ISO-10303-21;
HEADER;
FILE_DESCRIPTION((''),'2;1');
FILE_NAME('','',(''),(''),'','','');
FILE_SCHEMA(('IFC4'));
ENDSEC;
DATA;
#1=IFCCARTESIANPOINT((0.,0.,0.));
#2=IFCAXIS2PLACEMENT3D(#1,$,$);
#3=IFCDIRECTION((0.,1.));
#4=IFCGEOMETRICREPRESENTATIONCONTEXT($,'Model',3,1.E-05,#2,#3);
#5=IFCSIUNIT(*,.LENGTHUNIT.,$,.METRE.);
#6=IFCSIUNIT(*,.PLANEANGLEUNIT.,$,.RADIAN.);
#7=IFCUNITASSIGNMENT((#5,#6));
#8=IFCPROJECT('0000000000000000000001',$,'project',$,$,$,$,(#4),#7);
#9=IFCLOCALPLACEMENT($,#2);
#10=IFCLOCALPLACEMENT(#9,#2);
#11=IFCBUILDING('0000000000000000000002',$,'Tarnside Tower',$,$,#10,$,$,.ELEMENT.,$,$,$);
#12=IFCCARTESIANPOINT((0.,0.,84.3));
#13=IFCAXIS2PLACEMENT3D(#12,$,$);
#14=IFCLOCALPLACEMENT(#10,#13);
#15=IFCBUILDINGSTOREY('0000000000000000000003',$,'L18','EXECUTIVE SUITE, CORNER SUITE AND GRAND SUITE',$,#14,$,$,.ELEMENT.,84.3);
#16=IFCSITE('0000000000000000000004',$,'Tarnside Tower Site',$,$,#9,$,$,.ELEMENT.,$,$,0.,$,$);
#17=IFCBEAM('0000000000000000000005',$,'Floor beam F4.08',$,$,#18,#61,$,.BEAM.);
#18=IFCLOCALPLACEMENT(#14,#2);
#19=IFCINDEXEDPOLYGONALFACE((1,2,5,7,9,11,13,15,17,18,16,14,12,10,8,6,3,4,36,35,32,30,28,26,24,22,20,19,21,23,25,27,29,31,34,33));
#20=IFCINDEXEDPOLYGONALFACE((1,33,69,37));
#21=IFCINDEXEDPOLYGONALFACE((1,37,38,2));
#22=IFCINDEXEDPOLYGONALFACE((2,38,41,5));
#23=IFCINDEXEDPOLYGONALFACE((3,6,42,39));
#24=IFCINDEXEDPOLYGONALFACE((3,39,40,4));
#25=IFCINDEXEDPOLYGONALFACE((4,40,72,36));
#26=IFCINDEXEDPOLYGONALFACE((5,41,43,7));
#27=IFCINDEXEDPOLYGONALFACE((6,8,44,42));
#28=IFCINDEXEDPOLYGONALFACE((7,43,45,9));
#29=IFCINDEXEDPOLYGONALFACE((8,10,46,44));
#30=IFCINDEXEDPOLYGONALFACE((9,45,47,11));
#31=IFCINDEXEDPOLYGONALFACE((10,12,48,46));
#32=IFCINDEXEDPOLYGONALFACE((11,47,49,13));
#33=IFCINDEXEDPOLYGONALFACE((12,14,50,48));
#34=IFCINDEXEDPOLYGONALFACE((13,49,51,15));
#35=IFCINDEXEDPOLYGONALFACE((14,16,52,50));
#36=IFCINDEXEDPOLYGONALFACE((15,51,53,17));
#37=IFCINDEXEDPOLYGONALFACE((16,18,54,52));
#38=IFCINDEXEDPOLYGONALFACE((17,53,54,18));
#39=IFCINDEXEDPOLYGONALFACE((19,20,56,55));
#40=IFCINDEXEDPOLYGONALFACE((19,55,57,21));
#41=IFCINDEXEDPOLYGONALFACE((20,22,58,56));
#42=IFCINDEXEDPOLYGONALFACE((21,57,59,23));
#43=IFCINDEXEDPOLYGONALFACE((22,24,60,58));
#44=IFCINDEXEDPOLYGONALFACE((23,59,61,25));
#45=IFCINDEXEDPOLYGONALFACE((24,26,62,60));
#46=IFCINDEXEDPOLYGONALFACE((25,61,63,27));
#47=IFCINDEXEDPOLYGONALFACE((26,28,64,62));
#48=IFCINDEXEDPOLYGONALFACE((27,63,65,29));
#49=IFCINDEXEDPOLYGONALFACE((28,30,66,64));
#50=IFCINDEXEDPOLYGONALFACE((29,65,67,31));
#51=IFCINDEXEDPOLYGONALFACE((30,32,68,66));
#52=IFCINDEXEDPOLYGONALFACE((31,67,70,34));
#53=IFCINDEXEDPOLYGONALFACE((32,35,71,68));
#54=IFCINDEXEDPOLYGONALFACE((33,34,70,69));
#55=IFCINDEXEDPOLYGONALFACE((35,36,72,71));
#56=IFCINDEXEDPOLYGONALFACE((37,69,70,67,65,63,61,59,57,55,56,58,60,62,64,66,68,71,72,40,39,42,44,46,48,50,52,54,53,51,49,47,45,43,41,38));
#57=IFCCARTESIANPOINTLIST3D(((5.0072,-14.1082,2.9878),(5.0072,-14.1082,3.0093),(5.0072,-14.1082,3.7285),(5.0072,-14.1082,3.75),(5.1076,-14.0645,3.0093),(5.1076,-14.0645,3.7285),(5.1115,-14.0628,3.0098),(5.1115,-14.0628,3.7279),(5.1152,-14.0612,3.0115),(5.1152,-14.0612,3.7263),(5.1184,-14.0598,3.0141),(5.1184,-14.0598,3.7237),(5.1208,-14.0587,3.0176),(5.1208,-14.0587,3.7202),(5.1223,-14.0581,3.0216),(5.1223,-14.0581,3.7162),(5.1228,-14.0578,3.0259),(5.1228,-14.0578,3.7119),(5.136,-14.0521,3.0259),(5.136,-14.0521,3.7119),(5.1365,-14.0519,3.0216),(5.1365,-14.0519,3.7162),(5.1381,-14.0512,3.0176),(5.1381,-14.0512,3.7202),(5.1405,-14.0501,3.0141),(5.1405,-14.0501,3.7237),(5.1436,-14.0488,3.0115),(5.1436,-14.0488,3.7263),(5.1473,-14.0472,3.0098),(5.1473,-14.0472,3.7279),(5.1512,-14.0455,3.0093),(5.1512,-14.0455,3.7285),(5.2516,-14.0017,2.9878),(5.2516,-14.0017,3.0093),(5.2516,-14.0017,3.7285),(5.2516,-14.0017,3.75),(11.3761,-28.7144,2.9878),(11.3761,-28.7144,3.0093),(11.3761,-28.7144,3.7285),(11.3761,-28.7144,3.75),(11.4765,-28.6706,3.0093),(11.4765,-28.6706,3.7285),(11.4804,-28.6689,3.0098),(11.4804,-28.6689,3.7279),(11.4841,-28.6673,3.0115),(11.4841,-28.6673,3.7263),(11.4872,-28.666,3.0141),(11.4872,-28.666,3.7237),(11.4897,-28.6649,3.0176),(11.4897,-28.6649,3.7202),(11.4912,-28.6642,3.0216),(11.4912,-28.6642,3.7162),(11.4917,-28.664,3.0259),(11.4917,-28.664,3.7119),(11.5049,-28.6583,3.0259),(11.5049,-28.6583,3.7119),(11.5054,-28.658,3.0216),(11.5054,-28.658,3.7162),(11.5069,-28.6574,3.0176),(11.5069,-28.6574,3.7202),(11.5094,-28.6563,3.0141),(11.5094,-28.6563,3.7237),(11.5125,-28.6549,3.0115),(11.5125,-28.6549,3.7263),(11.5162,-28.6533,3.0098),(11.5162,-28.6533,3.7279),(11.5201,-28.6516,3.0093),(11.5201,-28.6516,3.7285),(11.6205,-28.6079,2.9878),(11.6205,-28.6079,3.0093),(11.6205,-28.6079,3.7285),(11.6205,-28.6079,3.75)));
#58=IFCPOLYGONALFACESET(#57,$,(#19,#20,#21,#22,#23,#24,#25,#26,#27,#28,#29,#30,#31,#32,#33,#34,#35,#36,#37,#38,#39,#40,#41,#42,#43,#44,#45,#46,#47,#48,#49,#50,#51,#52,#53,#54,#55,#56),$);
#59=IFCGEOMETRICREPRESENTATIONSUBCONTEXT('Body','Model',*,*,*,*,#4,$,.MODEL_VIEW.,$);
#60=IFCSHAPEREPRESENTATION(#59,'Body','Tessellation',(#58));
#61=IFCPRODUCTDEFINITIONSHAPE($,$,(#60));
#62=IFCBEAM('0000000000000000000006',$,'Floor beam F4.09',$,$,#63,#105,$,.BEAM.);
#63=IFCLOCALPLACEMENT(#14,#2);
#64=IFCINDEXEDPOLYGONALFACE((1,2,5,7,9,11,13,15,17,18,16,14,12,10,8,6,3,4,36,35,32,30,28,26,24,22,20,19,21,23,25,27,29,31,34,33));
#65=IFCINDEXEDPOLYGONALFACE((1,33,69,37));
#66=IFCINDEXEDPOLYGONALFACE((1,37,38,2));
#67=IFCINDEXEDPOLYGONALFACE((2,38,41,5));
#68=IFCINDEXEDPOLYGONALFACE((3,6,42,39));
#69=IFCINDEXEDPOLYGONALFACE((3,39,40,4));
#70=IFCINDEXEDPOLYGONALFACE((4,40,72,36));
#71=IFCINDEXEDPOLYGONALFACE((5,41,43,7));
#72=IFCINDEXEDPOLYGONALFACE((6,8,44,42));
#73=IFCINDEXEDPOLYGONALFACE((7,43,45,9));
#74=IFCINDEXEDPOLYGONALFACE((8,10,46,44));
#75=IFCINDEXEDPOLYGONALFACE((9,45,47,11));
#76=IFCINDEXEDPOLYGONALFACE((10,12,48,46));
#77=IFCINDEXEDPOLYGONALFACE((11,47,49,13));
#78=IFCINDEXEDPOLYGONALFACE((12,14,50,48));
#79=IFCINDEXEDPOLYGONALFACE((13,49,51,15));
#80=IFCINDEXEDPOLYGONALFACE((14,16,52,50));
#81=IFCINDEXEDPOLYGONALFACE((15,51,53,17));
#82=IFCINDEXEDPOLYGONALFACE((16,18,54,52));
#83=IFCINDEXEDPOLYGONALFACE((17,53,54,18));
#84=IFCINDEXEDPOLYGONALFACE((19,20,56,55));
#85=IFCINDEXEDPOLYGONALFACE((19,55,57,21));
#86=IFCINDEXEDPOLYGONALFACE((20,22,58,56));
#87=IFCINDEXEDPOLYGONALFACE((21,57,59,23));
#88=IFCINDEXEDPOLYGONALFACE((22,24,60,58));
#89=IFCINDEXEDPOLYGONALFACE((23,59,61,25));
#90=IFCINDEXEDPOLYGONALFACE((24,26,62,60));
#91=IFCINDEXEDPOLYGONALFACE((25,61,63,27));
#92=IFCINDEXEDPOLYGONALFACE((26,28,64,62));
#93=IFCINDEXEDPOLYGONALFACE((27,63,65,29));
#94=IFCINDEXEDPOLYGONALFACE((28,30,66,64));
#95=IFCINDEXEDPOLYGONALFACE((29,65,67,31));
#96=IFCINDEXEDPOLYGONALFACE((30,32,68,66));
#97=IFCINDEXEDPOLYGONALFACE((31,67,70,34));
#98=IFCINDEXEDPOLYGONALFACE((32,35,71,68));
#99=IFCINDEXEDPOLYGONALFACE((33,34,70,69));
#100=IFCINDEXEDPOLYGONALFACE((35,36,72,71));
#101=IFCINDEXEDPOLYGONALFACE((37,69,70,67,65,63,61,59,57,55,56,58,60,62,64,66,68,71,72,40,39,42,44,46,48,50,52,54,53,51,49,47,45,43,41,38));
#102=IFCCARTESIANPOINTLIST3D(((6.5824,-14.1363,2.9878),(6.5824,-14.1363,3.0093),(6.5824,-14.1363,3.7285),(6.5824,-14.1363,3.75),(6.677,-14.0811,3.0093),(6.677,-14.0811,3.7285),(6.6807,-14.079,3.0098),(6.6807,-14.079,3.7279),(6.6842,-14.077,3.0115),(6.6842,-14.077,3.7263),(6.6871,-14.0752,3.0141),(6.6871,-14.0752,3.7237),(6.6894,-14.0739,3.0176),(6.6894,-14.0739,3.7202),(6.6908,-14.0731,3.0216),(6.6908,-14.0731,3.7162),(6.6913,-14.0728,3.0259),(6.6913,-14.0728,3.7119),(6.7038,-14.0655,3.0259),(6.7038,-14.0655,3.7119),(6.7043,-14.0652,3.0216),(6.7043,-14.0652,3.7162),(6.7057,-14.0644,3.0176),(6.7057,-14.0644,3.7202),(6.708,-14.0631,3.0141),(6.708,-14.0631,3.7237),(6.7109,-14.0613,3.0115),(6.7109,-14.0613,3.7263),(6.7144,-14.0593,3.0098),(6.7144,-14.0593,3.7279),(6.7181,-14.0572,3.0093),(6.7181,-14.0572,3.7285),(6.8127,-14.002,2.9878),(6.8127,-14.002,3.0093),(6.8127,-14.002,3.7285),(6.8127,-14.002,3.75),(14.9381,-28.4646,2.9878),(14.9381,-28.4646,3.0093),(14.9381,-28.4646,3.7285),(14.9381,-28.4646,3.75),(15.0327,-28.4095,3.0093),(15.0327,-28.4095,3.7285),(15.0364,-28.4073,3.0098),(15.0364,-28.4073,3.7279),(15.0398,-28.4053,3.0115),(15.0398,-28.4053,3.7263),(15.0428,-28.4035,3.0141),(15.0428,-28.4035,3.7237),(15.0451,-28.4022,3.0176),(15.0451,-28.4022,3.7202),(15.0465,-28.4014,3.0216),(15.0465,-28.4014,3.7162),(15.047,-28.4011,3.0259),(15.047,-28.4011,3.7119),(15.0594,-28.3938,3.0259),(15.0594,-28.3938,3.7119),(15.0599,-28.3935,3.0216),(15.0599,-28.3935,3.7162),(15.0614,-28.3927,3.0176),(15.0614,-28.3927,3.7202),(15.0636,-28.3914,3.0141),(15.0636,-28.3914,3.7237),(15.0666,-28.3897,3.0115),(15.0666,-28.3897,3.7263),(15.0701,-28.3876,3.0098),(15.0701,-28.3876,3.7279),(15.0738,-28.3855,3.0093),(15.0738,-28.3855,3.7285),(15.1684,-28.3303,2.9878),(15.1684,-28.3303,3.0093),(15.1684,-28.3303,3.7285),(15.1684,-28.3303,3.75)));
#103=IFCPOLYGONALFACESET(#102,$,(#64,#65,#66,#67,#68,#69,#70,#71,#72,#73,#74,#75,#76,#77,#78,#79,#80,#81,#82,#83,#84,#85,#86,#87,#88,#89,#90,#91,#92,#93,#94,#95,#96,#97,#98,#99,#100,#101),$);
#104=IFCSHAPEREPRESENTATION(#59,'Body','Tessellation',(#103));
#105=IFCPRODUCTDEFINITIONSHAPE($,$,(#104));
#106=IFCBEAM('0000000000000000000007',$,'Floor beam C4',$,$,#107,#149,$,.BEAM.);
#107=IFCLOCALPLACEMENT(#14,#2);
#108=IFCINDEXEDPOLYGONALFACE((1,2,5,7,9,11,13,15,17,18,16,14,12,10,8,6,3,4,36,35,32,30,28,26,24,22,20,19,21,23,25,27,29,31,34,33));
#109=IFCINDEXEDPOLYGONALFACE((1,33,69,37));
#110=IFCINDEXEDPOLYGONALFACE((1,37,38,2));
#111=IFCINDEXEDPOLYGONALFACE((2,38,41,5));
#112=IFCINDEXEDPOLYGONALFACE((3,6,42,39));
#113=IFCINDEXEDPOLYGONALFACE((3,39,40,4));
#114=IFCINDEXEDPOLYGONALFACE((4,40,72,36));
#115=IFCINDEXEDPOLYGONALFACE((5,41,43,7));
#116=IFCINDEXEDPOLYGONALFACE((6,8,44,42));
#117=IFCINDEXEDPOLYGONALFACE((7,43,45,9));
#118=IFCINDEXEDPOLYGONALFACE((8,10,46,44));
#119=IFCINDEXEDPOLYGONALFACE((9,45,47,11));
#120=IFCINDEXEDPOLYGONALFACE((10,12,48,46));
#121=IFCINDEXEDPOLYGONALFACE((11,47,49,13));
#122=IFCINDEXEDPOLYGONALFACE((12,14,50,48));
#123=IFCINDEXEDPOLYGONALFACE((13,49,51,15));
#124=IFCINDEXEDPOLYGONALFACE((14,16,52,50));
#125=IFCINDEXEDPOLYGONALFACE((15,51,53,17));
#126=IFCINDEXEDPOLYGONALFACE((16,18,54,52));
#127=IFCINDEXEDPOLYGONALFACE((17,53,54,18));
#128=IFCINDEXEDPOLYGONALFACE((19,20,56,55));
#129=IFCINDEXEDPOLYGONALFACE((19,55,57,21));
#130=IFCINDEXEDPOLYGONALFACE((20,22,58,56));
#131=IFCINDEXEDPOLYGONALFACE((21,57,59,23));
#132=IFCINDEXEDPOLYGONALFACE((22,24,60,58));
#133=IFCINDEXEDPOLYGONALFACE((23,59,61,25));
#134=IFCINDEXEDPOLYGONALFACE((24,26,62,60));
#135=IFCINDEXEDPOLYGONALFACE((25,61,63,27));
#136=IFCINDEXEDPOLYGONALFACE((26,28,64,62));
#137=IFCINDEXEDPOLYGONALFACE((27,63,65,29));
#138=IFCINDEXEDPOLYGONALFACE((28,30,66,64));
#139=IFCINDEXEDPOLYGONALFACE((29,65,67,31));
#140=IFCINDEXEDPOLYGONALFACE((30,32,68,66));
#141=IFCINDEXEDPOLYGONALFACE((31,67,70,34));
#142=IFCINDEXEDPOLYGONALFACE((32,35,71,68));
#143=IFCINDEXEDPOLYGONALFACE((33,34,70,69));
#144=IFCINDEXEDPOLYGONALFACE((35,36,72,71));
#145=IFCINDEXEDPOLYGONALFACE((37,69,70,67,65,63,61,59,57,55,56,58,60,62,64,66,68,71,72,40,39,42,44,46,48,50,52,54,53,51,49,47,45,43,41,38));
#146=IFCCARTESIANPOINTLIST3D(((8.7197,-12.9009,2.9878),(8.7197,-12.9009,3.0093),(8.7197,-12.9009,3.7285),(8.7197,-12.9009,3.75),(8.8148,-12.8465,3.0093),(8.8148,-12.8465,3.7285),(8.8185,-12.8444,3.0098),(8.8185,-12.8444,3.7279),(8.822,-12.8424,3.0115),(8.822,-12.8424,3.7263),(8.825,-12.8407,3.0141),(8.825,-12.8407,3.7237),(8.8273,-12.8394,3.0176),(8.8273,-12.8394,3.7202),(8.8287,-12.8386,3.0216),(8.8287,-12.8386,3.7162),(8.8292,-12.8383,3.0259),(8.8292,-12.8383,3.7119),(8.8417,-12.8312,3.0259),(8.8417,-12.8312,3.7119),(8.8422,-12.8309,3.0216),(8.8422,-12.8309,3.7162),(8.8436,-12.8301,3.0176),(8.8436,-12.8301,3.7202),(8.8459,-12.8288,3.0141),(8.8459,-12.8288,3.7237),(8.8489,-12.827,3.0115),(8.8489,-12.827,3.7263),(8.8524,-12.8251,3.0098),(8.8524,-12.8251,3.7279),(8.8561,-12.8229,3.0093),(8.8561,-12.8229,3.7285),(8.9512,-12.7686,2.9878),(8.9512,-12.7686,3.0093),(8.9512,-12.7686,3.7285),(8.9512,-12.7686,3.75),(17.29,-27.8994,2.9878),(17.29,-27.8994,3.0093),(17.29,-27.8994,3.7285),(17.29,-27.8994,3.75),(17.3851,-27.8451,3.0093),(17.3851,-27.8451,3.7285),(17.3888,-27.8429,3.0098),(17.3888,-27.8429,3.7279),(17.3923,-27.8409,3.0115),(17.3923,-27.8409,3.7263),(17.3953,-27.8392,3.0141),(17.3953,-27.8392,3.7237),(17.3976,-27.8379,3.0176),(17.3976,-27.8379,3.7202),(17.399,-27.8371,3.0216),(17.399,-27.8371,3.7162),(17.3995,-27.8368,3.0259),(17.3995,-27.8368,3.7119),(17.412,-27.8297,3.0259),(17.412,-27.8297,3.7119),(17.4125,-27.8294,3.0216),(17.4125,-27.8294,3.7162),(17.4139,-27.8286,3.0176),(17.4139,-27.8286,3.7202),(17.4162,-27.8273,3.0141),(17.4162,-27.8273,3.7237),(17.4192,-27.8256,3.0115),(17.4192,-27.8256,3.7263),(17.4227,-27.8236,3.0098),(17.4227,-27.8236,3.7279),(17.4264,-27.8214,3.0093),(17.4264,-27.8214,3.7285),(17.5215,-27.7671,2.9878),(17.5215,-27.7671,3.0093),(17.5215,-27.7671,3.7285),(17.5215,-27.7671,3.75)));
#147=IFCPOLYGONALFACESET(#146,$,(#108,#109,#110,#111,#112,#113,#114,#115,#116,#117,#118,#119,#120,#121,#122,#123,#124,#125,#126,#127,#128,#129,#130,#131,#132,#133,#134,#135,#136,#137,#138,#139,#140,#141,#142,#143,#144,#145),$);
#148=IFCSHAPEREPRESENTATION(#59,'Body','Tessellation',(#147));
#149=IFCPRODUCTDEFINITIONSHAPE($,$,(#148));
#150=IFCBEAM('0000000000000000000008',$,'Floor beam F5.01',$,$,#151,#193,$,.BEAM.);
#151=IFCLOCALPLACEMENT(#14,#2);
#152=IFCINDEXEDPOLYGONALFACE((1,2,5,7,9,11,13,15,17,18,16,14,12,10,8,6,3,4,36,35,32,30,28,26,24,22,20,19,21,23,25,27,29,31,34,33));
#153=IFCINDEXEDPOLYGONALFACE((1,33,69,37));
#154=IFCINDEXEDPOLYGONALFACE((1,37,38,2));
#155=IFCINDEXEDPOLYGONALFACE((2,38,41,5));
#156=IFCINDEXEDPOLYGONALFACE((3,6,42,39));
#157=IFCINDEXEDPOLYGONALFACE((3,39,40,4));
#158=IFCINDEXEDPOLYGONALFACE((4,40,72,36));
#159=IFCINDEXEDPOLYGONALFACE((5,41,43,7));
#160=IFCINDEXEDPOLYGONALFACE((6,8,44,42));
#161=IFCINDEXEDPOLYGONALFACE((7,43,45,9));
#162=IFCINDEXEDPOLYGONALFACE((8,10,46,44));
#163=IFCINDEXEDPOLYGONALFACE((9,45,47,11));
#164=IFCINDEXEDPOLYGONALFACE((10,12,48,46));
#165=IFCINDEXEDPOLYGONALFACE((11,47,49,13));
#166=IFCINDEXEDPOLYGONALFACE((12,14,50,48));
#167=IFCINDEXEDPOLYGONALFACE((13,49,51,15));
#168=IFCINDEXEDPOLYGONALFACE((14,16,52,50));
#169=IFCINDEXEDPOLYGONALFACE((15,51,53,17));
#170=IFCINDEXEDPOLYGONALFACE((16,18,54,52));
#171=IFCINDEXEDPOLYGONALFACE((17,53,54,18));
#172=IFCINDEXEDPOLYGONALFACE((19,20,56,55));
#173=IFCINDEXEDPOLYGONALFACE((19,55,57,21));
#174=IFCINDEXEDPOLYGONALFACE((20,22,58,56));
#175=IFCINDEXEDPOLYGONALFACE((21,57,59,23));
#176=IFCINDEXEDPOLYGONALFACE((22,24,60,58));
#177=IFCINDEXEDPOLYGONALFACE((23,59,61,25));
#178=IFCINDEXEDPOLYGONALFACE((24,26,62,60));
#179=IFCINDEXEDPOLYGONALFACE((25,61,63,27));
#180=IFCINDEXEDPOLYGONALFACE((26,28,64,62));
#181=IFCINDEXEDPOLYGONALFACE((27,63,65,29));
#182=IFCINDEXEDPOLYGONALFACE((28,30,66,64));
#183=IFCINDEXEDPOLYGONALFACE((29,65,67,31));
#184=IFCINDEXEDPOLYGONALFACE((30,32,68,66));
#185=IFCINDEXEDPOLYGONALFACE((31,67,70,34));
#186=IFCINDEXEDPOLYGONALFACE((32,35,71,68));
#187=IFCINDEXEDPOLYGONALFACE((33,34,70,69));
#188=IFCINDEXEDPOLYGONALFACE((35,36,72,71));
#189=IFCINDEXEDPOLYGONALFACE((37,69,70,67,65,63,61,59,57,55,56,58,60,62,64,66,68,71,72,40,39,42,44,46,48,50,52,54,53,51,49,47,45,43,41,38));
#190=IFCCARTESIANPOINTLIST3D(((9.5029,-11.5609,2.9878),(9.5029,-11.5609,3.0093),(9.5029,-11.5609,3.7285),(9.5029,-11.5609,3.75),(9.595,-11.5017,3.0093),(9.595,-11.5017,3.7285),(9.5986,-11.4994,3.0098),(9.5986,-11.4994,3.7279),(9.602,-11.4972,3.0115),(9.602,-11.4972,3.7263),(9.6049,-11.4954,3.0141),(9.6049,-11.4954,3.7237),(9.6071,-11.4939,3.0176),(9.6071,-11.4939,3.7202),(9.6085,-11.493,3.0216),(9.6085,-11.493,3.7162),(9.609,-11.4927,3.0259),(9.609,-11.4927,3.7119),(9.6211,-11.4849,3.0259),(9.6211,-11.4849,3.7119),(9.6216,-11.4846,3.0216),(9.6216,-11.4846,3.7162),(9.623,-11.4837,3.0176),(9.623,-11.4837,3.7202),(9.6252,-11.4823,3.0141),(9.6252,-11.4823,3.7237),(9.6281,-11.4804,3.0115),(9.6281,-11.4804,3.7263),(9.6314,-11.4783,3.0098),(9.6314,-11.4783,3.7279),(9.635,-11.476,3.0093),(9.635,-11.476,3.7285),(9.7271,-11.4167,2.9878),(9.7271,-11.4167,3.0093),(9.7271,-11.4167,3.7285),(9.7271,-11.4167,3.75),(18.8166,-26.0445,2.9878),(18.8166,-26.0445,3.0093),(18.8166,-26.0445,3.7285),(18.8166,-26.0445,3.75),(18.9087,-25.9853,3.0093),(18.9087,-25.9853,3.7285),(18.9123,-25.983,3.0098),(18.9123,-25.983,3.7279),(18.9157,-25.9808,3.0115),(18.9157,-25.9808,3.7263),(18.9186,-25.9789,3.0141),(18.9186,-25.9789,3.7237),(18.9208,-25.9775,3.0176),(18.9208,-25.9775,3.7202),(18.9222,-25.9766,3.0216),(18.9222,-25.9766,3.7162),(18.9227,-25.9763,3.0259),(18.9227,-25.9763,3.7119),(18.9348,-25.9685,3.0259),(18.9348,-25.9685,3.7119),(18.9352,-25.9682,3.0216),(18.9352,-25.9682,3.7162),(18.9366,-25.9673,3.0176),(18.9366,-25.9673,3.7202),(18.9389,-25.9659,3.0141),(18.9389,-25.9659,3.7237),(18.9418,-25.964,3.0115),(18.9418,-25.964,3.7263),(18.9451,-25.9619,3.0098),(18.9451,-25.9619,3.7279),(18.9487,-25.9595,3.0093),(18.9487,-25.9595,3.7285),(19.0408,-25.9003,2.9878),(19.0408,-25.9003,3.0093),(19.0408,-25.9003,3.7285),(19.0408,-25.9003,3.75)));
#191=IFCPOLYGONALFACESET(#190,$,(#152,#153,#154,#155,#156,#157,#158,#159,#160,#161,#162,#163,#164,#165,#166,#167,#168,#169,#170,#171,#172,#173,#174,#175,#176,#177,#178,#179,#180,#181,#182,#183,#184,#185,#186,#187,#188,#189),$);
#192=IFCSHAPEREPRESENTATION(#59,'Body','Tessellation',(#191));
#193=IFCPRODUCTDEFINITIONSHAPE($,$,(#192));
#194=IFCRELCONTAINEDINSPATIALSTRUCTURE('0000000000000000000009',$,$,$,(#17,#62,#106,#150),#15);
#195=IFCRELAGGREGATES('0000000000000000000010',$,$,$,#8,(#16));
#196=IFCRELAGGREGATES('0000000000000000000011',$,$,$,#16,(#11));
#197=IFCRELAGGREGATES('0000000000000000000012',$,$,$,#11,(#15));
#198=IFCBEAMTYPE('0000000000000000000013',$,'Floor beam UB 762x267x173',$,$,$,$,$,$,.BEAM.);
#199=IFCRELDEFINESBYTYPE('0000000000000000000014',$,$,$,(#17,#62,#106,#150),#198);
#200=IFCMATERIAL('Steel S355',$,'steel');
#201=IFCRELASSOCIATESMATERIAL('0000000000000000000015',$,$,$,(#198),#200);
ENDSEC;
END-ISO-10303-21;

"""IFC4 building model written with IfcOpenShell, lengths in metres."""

from ifc_helpers import new_model, si_unit, direction, frame, origin, origin_2d, place, context, subcontext, project, spatial, i_section, extrude, material, material_profile, profile_set, type_object, element, save


model = new_model("IFC4")

# Units and contexts
model_context = context("Model", 3, precision=1e-05, world=origin(), true_north=direction((0.0, 1.0)))
body_context = subcontext(model_context, "Body", "Model", "MODEL_VIEW")
ifc_project = project(units=[si_unit("LENGTHUNIT", "METRE"), si_unit("PLANEANGLEUNIT", "RADIAN")], contexts=[model_context])

# Site, building, storey
site_placement = place(None, origin())
site = spatial("IfcSite", under=ifc_project, at=site_placement, Name="Tarnside Tower Site", CompositionType="ELEMENT", RefElevation=0.0)
building_placement = place(site_placement, origin())
building = spatial("IfcBuilding", under=site, at=building_placement, Name="Tarnside Tower", CompositionType="ELEMENT")
storey_placement = place(building_placement, frame((0.0, 0.0, 84.3)))
storey = spatial("IfcBuildingStorey", under=building, at=storey_placement, Name="L18", Description="EXECUTIVE SUITE, CORNER SUITE AND GRAND SUITE", CompositionType="ELEMENT", Elevation=84.3)

# Beams
ifc_material_1 = material(Name="Steel S355", Category="steel")
ifc_material_profile = material_profile(ifc_material_1, i_section(OverallWidth=0.2666, OverallDepth=0.7622, WebThickness=0.0144, FlangeThickness=0.0215, FilletRadius=0.0166, at=origin_2d()), Name="UB 762x267x173")
ifc_profile_set = profile_set([ifc_material_profile], Name="Steel S355")
beam_type = type_object("IfcBeamType", Name="Floor beam UB 762x267x173", PredefinedType="BEAM", material=ifc_profile_set)
beam_1_placement = place(storey_placement, frame((11.4983, -28.6611, 3.3689), z_axis=(-0.399696, 0.916648, 0.0), x_axis=(-0.916648, -0.399696, 0.0)))
element("IfcBeam", 1, at=beam_1_placement, inside=storey, type_object=beam_type, Name="Floor beam F4.08", PredefinedType="BEAM", context=body_context, shape_type="SweptSolid", body=[
    extrude(i_section(OverallWidth=0.2666, OverallDepth=0.7622, WebThickness=0.0144, FlangeThickness=0.0215, FilletRadius=0.0166, at=origin_2d()), origin(), (0.0, 0.0, 1.0), 15.9343),
])
beam_2_placement = place(storey_placement, frame((15.0532, -28.3975, 3.3689), z_axis=(-0.503758, 0.863845, 0.0), x_axis=(-0.863845, -0.503758, 0.0)))
element("IfcBeam", 2, at=beam_2_placement, inside=storey, type_object=beam_type, Name="Floor beam F4.09", PredefinedType="BEAM", context=body_context, shape_type="SweptSolid", body=[
    extrude(i_section(OverallWidth=0.2666, OverallDepth=0.7622, WebThickness=0.0144, FlangeThickness=0.0215, FilletRadius=0.0166, at=origin_2d()), origin(), (0.0, 0.0, 1.0), 16.5867),
])
beam_3_placement = place(storey_placement, frame((17.4058, -27.8333, 3.3689), z_axis=(-0.496127, 0.86825, 0.0), x_axis=(-0.86825, -0.496127, 0.0)))
element("IfcBeam", 3, at=beam_3_placement, inside=storey, type_object=beam_type, Name="Floor beam C4", PredefinedType="BEAM", context=body_context, shape_type="SweptSolid", body=[
    extrude(i_section(OverallWidth=0.2666, OverallDepth=0.7622, WebThickness=0.0144, FlangeThickness=0.0215, FilletRadius=0.0166, at=origin_2d()), origin(), (0.0, 0.0, 1.0), 17.2744),
])
beam_4_placement = place(storey_placement, frame((18.9287, -25.9724, 3.3689), z_axis=(-0.540873, 0.841104, 0.0), x_axis=(-0.841104, -0.540873, 0.0)))
element("IfcBeam", 4, at=beam_4_placement, inside=storey, type_object=beam_type, Name="Floor beam F5.01", PredefinedType="BEAM", context=body_context, shape_type="SweptSolid", body=[
    extrude(i_section(OverallWidth=0.2666, OverallDepth=0.7622, WebThickness=0.0144, FlangeThickness=0.0215, FilletRadius=0.0166, at=origin_2d()), origin(), (0.0, 0.0, 1.0), 17.2197),
])

save(model, "model.ifc")
